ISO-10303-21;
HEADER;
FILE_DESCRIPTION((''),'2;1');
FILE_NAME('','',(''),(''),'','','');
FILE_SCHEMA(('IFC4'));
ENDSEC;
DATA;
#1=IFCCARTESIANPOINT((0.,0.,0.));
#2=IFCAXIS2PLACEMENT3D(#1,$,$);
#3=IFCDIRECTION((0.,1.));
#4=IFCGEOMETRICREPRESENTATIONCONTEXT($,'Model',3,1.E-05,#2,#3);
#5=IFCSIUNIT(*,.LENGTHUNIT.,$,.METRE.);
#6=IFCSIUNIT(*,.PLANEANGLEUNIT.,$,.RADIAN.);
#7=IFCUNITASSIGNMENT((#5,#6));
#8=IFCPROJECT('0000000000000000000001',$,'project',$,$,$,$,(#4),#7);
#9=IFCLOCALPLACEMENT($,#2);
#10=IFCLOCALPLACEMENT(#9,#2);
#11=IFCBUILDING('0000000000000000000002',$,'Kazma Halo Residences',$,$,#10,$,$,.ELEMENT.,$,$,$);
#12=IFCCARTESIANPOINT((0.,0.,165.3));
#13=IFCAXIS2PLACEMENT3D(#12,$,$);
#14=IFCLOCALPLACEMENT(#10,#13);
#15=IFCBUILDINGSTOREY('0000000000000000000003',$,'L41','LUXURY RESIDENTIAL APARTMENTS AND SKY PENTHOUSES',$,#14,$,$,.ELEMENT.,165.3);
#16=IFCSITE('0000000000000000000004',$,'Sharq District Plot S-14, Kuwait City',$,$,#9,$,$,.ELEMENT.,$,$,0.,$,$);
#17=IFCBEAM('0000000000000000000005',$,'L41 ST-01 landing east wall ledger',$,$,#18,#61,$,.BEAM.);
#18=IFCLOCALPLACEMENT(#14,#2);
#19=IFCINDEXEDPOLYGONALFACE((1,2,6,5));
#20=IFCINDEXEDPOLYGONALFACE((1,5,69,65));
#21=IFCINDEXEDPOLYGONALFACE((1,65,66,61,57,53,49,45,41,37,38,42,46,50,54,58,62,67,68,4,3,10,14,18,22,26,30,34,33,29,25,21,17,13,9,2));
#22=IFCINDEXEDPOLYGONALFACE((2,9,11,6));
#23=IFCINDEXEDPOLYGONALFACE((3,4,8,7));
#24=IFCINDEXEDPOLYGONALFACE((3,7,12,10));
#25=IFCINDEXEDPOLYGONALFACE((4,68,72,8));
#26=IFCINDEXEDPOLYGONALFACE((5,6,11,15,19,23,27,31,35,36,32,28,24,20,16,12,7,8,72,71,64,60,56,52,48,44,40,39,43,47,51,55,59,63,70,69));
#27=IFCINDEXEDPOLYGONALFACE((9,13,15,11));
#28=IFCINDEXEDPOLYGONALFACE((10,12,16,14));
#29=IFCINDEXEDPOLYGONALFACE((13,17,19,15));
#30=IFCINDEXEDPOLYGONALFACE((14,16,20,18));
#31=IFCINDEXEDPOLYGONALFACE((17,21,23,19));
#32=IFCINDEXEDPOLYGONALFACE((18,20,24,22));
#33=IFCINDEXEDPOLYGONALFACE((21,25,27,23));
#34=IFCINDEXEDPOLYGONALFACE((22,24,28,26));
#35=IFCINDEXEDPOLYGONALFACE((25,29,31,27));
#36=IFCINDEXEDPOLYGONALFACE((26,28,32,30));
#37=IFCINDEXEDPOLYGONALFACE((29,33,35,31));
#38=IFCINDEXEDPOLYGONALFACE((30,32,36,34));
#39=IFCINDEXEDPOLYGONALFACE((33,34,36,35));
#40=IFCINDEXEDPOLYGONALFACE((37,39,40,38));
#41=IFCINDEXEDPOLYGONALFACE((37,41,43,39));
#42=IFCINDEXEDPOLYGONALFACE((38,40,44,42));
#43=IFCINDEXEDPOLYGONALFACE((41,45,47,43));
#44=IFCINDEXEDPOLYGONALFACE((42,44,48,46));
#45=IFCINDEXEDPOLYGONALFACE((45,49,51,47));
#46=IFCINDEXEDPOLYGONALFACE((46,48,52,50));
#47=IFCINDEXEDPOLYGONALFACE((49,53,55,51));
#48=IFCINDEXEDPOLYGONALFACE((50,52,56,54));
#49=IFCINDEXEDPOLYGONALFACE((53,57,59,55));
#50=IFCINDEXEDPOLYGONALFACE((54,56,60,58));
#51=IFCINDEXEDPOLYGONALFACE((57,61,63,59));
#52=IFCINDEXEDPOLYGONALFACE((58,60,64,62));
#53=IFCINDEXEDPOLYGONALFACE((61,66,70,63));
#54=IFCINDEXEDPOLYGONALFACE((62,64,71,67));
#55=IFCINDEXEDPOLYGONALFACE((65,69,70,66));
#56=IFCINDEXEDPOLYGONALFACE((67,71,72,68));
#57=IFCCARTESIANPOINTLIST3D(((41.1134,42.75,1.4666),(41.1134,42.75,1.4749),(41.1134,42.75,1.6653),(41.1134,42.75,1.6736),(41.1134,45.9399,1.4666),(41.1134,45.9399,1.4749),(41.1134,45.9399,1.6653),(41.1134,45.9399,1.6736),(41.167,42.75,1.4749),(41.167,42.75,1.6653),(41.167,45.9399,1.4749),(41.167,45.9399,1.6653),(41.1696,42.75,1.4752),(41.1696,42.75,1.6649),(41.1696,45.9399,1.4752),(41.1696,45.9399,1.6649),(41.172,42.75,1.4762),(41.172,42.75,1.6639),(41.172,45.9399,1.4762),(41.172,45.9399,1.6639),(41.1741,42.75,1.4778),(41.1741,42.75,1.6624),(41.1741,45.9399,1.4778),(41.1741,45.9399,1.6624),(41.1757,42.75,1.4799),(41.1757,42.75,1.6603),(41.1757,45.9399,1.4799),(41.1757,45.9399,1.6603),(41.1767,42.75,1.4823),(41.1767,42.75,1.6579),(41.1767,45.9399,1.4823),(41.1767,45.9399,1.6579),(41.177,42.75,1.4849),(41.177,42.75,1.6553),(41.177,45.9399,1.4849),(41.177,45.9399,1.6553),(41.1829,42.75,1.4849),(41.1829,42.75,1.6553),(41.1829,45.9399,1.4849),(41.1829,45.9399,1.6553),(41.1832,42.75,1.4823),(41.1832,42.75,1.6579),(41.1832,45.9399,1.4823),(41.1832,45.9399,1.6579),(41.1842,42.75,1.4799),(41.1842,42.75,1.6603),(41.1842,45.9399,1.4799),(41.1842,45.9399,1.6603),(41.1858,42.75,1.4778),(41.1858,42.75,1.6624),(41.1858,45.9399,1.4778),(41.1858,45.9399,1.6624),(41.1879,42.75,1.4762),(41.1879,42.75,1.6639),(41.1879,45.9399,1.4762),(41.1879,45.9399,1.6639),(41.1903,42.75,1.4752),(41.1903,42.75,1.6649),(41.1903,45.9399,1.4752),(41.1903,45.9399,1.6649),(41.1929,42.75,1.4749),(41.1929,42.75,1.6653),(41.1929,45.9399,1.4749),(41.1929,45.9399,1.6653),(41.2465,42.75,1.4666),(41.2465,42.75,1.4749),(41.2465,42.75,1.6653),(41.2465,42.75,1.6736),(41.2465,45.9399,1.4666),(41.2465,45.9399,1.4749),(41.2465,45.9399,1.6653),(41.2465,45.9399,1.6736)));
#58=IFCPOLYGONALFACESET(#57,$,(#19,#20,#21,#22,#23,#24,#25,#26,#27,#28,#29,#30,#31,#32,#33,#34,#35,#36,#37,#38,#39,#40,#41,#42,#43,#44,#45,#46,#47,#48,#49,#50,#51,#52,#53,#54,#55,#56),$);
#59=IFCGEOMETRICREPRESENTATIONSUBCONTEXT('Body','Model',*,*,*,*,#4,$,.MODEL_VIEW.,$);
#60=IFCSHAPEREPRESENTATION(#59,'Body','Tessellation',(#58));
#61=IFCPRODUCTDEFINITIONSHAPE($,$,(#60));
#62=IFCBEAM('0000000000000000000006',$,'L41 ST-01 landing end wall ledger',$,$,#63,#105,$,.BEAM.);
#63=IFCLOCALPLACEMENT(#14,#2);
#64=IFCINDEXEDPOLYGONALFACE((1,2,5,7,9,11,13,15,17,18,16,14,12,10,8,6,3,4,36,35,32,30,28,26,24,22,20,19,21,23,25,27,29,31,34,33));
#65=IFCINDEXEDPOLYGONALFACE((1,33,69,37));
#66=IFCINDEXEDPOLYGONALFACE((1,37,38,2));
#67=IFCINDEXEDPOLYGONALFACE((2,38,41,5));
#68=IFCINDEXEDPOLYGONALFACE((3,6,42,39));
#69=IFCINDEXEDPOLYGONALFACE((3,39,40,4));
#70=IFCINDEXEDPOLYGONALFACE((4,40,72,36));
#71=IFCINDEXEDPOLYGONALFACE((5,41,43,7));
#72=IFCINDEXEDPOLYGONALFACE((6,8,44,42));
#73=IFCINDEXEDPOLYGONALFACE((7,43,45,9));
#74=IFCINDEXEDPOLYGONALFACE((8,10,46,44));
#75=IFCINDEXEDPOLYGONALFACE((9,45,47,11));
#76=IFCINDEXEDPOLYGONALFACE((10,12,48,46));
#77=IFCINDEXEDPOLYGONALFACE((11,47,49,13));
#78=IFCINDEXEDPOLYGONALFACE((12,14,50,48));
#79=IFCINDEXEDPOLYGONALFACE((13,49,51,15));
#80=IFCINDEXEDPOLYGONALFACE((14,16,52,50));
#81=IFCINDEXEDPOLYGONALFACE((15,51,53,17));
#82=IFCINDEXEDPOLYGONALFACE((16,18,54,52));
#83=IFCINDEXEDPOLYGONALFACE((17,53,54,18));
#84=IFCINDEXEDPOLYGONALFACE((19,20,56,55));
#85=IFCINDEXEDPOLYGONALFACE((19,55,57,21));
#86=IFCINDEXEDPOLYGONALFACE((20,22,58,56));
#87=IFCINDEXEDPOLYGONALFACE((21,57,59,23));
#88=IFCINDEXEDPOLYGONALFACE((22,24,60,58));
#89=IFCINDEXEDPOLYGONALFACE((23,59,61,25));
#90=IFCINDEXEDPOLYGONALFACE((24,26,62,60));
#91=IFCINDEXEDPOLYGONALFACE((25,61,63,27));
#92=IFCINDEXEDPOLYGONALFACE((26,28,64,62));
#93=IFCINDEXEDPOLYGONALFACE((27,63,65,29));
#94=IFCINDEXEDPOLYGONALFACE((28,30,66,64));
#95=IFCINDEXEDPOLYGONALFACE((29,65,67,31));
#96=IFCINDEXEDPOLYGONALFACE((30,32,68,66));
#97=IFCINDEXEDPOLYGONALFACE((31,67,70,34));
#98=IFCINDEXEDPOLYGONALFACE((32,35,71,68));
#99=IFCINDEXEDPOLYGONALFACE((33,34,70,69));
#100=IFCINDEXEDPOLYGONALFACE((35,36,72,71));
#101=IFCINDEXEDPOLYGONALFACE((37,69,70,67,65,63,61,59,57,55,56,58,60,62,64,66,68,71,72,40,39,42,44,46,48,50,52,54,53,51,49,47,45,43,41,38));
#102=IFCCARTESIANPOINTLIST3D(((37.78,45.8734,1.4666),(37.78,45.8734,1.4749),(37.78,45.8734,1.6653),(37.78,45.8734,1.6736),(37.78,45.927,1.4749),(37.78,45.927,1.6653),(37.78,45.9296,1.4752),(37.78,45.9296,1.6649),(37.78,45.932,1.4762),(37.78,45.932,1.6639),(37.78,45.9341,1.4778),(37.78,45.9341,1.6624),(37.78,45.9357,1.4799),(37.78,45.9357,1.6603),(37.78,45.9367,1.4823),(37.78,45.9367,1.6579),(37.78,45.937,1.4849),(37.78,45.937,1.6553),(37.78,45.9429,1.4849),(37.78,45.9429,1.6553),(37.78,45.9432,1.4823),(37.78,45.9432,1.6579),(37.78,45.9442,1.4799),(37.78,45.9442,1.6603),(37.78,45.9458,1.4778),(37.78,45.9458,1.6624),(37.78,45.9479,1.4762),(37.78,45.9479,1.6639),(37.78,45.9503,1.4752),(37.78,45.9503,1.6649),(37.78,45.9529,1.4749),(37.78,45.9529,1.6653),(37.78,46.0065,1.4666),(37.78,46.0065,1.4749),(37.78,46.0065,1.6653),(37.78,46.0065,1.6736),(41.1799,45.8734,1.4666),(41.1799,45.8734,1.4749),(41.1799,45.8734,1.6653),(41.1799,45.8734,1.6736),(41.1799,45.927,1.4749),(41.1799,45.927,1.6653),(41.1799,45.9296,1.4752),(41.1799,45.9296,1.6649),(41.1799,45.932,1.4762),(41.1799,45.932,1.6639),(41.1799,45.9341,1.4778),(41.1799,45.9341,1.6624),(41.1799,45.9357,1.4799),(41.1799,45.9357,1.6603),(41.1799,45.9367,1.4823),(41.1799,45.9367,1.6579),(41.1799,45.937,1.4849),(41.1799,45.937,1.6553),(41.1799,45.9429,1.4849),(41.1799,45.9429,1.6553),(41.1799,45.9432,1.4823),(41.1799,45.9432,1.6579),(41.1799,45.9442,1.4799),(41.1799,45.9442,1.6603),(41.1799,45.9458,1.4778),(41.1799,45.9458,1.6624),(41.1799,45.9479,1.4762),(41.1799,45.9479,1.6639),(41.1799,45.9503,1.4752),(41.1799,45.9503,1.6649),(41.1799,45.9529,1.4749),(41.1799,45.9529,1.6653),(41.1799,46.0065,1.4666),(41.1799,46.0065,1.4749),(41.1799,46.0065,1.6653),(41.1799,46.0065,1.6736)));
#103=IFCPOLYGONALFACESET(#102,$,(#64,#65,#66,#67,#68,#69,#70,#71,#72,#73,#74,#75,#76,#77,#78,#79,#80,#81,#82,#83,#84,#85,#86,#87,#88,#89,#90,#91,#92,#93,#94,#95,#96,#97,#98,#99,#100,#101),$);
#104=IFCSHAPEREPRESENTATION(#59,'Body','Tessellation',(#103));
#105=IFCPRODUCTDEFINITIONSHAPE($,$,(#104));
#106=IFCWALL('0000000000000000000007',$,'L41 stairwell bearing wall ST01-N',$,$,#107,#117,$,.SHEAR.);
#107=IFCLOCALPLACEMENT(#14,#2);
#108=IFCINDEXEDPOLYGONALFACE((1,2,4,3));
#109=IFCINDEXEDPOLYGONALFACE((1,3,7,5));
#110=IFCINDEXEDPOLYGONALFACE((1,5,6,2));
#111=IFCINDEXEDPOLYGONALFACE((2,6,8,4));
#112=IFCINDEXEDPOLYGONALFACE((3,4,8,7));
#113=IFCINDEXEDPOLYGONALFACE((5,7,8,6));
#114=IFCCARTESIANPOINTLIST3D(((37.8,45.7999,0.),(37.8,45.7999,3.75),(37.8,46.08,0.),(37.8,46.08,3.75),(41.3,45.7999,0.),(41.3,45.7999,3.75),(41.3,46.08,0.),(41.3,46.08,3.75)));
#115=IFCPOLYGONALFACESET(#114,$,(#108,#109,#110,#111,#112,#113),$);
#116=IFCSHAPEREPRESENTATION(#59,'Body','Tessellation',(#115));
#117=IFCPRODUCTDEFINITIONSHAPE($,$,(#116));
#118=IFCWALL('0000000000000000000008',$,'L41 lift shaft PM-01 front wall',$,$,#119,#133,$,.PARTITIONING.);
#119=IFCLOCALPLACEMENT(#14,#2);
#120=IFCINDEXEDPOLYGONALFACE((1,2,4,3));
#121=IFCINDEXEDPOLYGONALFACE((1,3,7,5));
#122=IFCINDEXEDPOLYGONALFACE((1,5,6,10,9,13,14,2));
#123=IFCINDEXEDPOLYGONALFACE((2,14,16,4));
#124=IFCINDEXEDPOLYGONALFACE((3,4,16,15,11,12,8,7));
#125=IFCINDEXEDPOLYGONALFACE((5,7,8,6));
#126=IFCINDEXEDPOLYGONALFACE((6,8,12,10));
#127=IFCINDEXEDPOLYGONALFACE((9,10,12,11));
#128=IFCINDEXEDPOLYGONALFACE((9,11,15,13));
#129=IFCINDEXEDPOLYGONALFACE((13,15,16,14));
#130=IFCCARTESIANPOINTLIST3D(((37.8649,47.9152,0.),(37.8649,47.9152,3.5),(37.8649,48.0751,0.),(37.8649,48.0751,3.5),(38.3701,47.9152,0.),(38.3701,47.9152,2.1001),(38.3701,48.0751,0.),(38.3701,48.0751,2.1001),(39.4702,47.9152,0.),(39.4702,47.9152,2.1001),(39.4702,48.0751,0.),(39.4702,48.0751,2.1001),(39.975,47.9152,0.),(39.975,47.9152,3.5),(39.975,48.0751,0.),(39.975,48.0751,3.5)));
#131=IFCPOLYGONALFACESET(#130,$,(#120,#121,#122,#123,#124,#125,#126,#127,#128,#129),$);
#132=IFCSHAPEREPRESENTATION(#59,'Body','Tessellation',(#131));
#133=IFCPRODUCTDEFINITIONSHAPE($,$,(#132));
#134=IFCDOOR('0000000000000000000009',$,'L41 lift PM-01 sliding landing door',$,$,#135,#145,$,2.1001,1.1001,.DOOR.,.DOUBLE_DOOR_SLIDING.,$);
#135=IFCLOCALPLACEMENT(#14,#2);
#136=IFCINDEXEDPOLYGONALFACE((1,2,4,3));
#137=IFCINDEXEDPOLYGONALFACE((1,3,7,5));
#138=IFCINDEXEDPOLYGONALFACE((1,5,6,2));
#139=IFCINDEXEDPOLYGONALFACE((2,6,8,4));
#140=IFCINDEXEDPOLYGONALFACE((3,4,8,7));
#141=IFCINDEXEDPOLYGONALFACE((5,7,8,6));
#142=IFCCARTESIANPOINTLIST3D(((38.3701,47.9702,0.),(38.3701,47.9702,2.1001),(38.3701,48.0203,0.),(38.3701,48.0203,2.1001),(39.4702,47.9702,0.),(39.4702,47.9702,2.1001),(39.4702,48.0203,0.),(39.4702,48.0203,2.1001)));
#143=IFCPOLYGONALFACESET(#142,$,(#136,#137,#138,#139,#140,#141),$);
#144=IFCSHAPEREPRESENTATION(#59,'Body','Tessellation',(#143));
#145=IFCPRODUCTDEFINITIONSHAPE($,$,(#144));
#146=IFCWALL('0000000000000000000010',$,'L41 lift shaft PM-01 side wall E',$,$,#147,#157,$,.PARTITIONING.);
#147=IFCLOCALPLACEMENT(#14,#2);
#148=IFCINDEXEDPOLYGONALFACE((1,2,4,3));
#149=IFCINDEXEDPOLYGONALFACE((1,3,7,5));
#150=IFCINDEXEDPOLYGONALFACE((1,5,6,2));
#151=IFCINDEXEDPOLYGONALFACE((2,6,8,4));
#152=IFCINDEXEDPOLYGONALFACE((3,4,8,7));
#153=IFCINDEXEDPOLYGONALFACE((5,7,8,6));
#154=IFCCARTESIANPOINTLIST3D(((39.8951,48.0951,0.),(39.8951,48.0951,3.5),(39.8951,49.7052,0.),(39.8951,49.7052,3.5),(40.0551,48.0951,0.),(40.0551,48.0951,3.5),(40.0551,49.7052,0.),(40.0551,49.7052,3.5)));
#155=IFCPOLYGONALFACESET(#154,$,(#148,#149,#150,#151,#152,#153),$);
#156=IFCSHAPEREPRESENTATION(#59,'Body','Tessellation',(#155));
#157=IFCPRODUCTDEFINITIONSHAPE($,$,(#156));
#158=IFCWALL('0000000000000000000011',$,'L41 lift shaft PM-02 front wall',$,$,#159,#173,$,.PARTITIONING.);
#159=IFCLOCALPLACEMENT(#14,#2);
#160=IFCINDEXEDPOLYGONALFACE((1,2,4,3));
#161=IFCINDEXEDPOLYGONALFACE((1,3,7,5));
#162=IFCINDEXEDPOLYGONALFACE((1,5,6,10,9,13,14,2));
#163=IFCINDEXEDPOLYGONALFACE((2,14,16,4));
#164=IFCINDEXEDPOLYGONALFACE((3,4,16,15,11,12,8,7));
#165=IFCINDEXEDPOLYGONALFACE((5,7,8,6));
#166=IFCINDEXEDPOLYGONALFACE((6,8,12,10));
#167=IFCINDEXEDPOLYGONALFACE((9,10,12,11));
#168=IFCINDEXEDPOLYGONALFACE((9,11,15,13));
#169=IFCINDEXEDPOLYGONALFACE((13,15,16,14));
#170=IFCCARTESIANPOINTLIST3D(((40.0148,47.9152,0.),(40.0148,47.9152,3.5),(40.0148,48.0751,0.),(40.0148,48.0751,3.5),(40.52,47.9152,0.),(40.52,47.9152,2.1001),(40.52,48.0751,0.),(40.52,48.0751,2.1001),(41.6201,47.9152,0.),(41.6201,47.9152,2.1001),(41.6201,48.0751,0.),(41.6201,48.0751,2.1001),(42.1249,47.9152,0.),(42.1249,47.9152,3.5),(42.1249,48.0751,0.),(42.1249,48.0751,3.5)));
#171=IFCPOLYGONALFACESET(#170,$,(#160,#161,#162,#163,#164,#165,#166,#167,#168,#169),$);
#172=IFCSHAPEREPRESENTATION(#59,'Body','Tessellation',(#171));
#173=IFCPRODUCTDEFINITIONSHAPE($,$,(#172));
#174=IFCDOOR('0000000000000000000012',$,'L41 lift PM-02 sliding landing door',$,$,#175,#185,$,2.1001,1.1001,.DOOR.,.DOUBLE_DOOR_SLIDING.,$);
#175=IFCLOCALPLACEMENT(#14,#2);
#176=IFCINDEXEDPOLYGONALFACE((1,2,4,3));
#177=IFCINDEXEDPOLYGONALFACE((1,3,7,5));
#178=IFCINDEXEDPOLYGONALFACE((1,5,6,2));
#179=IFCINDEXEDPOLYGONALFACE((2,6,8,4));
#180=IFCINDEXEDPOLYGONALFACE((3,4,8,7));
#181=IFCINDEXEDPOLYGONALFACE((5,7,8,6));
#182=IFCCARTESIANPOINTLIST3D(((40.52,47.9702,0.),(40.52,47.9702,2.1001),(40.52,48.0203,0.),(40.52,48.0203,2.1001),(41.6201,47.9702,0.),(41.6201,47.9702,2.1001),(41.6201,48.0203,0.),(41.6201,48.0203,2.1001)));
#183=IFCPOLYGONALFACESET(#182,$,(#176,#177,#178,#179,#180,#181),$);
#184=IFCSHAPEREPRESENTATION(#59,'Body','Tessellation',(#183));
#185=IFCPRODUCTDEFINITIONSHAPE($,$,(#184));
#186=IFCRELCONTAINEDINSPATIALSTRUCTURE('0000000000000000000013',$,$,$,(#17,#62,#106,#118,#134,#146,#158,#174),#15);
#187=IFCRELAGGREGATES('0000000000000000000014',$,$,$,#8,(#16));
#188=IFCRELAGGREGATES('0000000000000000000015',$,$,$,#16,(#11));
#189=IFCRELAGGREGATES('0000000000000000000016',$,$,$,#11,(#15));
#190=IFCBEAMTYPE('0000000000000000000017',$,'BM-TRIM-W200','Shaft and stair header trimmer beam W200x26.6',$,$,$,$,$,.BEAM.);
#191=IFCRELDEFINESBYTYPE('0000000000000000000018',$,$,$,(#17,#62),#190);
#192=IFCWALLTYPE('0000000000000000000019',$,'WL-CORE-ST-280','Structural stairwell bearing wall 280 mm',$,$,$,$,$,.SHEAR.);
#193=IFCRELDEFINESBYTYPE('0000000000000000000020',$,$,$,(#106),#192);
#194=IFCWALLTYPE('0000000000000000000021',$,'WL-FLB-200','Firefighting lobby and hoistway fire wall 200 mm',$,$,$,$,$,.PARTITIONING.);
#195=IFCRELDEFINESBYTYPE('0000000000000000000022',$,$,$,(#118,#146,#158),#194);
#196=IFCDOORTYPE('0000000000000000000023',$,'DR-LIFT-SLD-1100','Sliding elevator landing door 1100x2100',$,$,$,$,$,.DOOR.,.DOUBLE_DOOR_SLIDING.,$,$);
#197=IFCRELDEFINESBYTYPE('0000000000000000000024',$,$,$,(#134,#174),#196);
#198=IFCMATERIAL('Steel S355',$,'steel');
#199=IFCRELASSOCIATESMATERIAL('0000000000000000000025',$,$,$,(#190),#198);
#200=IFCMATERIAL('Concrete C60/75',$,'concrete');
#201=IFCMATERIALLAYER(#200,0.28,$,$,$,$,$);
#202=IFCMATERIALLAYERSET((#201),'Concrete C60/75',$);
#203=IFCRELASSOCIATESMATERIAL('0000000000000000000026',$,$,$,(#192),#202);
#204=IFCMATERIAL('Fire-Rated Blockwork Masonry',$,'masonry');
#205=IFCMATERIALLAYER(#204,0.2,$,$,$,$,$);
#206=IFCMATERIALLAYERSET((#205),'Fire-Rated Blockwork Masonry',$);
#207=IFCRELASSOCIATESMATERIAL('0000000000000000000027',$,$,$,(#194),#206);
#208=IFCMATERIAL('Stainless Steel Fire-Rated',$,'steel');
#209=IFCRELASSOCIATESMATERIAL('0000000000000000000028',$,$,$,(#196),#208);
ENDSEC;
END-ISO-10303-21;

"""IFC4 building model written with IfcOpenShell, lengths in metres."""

from ifc_helpers import new_model, si_unit, direction, frame, frame_2d, origin, origin_2d, place, context, subcontext, project, spatial, rectangle, i_section, extrude, material, layer, layer_set, material_profile, profile_set, type_object, element, fill, save


model = new_model("IFC4")

# Units and contexts
model_context = context("Model", 3, precision=1e-05, world=origin(), true_north=direction((0.0, 1.0)))
body_context = subcontext(model_context, "Body", "Model", "MODEL_VIEW")
ifc_project = project(units=[si_unit("LENGTHUNIT", "METRE"), si_unit("PLANEANGLEUNIT", "RADIAN")], contexts=[model_context])

# Site, building, storey
site_placement = place(None, origin())
site = spatial("IfcSite", under=ifc_project, at=site_placement, Name="Sharq District Plot S-14, Kuwait City", CompositionType="ELEMENT", RefElevation=0.0)
building_placement = place(site_placement, origin())
building = spatial("IfcBuilding", under=site, at=building_placement, Name="Kazma Halo Residences", CompositionType="ELEMENT")
storey_placement = place(building_placement, frame((0.0, 0.0, 165.3)))
storey = spatial("IfcBuildingStorey", under=building, at=storey_placement, Name="L41", Description="LUXURY RESIDENTIAL APARTMENTS AND SKY PENTHOUSES", CompositionType="ELEMENT", Elevation=165.3)

# Shared definitions
ifc_material_1 = material(Name="Steel S355", Category="steel")

# Beams
ifc_material_profile_1 = material_profile(ifc_material_1, i_section(OverallWidth=0.1331, OverallDepth=0.207, WebThickness=0.0059, FlangeThickness=0.0083, FilletRadius=0.01, at=origin_2d()), Name="W200x26.6")
ifc_profile_set_1 = profile_set([ifc_material_profile_1], Name="Steel S355")
beam_type_1 = type_object("IfcBeamType", Name="BM-TRIM-W200", Description="Shaft and stair header trimmer beam W200x26.6", PredefinedType="BEAM", material=ifc_profile_set_1)
beam_1_placement = place(storey_placement, frame((41.1799, 42.75, 1.5701), z_axis=(0.0, 1.0, 0.0), x_axis=(-1.0, 0.0, 0.0)))
element("IfcBeam", 1, at=beam_1_placement, inside=storey, type_object=beam_type_1, Name="L41 ST-01 landing east wall ledger", PredefinedType="BEAM", context=body_context, shape_type="SweptSolid", body=[
    extrude(i_section(OverallWidth=0.1331, OverallDepth=0.207, WebThickness=0.0059, FlangeThickness=0.0083, FilletRadius=0.01, at=origin_2d()), origin(), (0.0, 0.0, 1.0), 3.1899),
])
beam_2_placement = place(storey_placement, frame((37.78, 45.9399, 1.5701), z_axis=(1.0, 0.0, 0.0), x_axis=(0.0, 1.0, 0.0)))
element("IfcBeam", 2, at=beam_2_placement, inside=storey, type_object=beam_type_1, Name="L41 ST-01 landing end wall ledger", PredefinedType="BEAM", context=body_context, shape_type="SweptSolid", body=[
    extrude(i_section(OverallWidth=0.1331, OverallDepth=0.207, WebThickness=0.0059, FlangeThickness=0.0083, FilletRadius=0.01, at=origin_2d()), origin(), (0.0, 0.0, 1.0), 3.3999),
])

# Wall
ifc_material_2 = material(Name="Concrete C60/75", Category="concrete")
ifc_layer_1 = layer(ifc_material_2, 0.28)
ifc_layer_set_1 = layer_set([ifc_layer_1], Name="Concrete C60/75")
wall_type_1 = type_object("IfcWallType", Name="WL-CORE-ST-280", Description="Structural stairwell bearing wall 280 mm", PredefinedType="SHEAR", material=ifc_layer_set_1)
wall_1_placement = place(storey_placement, frame((37.8, 45.9399, 0.0), z_axis=(0.0, 0.0, 1.0), x_axis=(1.0, 0.0, 0.0)))
element("IfcWall", 3, at=wall_1_placement, inside=storey, type_object=wall_type_1, Name="L41 stairwell bearing wall ST01-N", PredefinedType="SHEAR", context=body_context, shape_type="SweptSolid", body=[
    extrude(rectangle(XDim=3.5, YDim=0.28, at=frame_2d((1.75, 0.0))), origin(), (0.0, 0.0, 1.0), 3.75),
])

# Wall, opening, door
ifc_material_3 = material(Name="Fire-Rated Blockwork Masonry", Category="masonry")
ifc_layer_2 = layer(ifc_material_3, 0.2)
ifc_layer_set_2 = layer_set([ifc_layer_2], Name="Fire-Rated Blockwork Masonry")
wall_type_2 = type_object("IfcWallType", Name="WL-FLB-200", Description="Firefighting lobby and hoistway fire wall 200 mm", PredefinedType="PARTITIONING", material=ifc_layer_set_2)
wall_2_placement = place(storey_placement, frame((39.9751, 47.9951, 0.0), z_axis=(0.0, 0.0, 1.0), x_axis=(-1.0, 0.0, 0.0)))
wall_2 = element("IfcWall", 4, at=wall_2_placement, inside=storey, type_object=wall_type_2, Name="L41 lift shaft PM-01 front wall", PredefinedType="PARTITIONING", context=body_context, shape_type="SweptSolid", body=[
    extrude(rectangle(XDim=2.1101, YDim=0.1599, at=frame_2d((1.0552, 0.0))), origin(), (0.0, 0.0, 1.0), 3.5),
])
opening_1_placement = place(wall_2_placement, frame((0.5049, 0.0, 0.0)))
opening_1 = element("IfcOpeningElement", 5, at=opening_1_placement, cuts=wall_2, PredefinedType="OPENING", context=body_context, shape_type="SweptSolid", body=[
    extrude(rectangle(XDim=1.1001, YDim=2.1001, at=frame_2d((0.55, 1.05))), frame((0.0, 0.0898, 0.0), z_axis=(0.0, -1.0, 0.0), x_axis=(1.0, 0.0, 0.0)), (0.0, 0.0, 1.0), 0.1799),
])
ifc_material_4 = material(Name="Stainless Steel Fire-Rated", Category="steel")
door_type = type_object("IfcDoorType", Name="DR-LIFT-SLD-1100", Description="Sliding elevator landing door 1100x2100", OperationType="DOUBLE_DOOR_SLIDING", PredefinedType="DOOR", material=ifc_material_4)
door_1_placement = place(opening_1_placement, origin())
door_1 = element("IfcDoor", 6, at=door_1_placement, inside=storey, type_object=door_type, Name="L41 lift PM-01 sliding landing door", OperationType="DOUBLE_DOOR_SLIDING", OverallHeight=2.1001, OverallWidth=1.1001, PredefinedType="DOOR", context=body_context, shape_type="SweptSolid", body=[
    extrude(rectangle(XDim=1.1001, YDim=2.1001, at=frame_2d((0.55, 1.05))), frame((0.0, 0.0249, 0.0), z_axis=(0.0, -1.0, 0.0), x_axis=(1.0, 0.0, 0.0)), (0.0, 0.0, 1.0), 0.05),
])
fill(opening_1, door_1)

# Wall
wall_3_placement = place(storey_placement, frame((39.9751, 48.095, 0.0), z_axis=(0.0, 0.0, 1.0), x_axis=(0.0, 1.0, 0.0)))
element("IfcWall", 7, at=wall_3_placement, inside=storey, type_object=wall_type_2, Name="L41 lift shaft PM-01 side wall E", PredefinedType="PARTITIONING", context=body_context, shape_type="SweptSolid", body=[
    extrude(rectangle(XDim=1.6101, YDim=0.1599, at=frame_2d((0.8052, 0.0))), origin(), (0.0, 0.0, 1.0), 3.5),
])

# Wall, opening, door
wall_4_placement = place(storey_placement, frame((42.125, 47.9951, 0.0), z_axis=(0.0, 0.0, 1.0), x_axis=(-1.0, 0.0, 0.0)))
wall_4 = element("IfcWall", 8, at=wall_4_placement, inside=storey, type_object=wall_type_2, Name="L41 lift shaft PM-02 front wall", PredefinedType="PARTITIONING", context=body_context, shape_type="SweptSolid", body=[
    extrude(rectangle(XDim=2.1101, YDim=0.1599, at=frame_2d((1.0552, 0.0))), origin(), (0.0, 0.0, 1.0), 3.5),
])
opening_2_placement = place(wall_4_placement, frame((0.5049, 0.0, 0.0)))
opening_2 = element("IfcOpeningElement", 9, at=opening_2_placement, cuts=wall_4, PredefinedType="OPENING", context=body_context, shape_type="SweptSolid", body=[
    extrude(rectangle(XDim=1.1001, YDim=2.1001, at=frame_2d((0.55, 1.05))), frame((0.0, 0.0898, 0.0), z_axis=(0.0, -1.0, 0.0), x_axis=(1.0, 0.0, 0.0)), (0.0, 0.0, 1.0), 0.1799),
])
door_2_placement = place(opening_2_placement, origin())
door_2 = element("IfcDoor", 10, at=door_2_placement, inside=storey, type_object=door_type, Name="L41 lift PM-02 sliding landing door", OperationType="DOUBLE_DOOR_SLIDING", OverallHeight=2.1001, OverallWidth=1.1001, PredefinedType="DOOR", context=body_context, shape_type="SweptSolid", body=[
    extrude(rectangle(XDim=1.1001, YDim=2.1001, at=frame_2d((0.55, 1.05))), frame((0.0, 0.0249, 0.0), z_axis=(0.0, -1.0, 0.0), x_axis=(1.0, 0.0, 0.0)), (0.0, 0.0, 1.0), 0.05),
])
fill(opening_2, door_2)

save(model, "model.ifc")
